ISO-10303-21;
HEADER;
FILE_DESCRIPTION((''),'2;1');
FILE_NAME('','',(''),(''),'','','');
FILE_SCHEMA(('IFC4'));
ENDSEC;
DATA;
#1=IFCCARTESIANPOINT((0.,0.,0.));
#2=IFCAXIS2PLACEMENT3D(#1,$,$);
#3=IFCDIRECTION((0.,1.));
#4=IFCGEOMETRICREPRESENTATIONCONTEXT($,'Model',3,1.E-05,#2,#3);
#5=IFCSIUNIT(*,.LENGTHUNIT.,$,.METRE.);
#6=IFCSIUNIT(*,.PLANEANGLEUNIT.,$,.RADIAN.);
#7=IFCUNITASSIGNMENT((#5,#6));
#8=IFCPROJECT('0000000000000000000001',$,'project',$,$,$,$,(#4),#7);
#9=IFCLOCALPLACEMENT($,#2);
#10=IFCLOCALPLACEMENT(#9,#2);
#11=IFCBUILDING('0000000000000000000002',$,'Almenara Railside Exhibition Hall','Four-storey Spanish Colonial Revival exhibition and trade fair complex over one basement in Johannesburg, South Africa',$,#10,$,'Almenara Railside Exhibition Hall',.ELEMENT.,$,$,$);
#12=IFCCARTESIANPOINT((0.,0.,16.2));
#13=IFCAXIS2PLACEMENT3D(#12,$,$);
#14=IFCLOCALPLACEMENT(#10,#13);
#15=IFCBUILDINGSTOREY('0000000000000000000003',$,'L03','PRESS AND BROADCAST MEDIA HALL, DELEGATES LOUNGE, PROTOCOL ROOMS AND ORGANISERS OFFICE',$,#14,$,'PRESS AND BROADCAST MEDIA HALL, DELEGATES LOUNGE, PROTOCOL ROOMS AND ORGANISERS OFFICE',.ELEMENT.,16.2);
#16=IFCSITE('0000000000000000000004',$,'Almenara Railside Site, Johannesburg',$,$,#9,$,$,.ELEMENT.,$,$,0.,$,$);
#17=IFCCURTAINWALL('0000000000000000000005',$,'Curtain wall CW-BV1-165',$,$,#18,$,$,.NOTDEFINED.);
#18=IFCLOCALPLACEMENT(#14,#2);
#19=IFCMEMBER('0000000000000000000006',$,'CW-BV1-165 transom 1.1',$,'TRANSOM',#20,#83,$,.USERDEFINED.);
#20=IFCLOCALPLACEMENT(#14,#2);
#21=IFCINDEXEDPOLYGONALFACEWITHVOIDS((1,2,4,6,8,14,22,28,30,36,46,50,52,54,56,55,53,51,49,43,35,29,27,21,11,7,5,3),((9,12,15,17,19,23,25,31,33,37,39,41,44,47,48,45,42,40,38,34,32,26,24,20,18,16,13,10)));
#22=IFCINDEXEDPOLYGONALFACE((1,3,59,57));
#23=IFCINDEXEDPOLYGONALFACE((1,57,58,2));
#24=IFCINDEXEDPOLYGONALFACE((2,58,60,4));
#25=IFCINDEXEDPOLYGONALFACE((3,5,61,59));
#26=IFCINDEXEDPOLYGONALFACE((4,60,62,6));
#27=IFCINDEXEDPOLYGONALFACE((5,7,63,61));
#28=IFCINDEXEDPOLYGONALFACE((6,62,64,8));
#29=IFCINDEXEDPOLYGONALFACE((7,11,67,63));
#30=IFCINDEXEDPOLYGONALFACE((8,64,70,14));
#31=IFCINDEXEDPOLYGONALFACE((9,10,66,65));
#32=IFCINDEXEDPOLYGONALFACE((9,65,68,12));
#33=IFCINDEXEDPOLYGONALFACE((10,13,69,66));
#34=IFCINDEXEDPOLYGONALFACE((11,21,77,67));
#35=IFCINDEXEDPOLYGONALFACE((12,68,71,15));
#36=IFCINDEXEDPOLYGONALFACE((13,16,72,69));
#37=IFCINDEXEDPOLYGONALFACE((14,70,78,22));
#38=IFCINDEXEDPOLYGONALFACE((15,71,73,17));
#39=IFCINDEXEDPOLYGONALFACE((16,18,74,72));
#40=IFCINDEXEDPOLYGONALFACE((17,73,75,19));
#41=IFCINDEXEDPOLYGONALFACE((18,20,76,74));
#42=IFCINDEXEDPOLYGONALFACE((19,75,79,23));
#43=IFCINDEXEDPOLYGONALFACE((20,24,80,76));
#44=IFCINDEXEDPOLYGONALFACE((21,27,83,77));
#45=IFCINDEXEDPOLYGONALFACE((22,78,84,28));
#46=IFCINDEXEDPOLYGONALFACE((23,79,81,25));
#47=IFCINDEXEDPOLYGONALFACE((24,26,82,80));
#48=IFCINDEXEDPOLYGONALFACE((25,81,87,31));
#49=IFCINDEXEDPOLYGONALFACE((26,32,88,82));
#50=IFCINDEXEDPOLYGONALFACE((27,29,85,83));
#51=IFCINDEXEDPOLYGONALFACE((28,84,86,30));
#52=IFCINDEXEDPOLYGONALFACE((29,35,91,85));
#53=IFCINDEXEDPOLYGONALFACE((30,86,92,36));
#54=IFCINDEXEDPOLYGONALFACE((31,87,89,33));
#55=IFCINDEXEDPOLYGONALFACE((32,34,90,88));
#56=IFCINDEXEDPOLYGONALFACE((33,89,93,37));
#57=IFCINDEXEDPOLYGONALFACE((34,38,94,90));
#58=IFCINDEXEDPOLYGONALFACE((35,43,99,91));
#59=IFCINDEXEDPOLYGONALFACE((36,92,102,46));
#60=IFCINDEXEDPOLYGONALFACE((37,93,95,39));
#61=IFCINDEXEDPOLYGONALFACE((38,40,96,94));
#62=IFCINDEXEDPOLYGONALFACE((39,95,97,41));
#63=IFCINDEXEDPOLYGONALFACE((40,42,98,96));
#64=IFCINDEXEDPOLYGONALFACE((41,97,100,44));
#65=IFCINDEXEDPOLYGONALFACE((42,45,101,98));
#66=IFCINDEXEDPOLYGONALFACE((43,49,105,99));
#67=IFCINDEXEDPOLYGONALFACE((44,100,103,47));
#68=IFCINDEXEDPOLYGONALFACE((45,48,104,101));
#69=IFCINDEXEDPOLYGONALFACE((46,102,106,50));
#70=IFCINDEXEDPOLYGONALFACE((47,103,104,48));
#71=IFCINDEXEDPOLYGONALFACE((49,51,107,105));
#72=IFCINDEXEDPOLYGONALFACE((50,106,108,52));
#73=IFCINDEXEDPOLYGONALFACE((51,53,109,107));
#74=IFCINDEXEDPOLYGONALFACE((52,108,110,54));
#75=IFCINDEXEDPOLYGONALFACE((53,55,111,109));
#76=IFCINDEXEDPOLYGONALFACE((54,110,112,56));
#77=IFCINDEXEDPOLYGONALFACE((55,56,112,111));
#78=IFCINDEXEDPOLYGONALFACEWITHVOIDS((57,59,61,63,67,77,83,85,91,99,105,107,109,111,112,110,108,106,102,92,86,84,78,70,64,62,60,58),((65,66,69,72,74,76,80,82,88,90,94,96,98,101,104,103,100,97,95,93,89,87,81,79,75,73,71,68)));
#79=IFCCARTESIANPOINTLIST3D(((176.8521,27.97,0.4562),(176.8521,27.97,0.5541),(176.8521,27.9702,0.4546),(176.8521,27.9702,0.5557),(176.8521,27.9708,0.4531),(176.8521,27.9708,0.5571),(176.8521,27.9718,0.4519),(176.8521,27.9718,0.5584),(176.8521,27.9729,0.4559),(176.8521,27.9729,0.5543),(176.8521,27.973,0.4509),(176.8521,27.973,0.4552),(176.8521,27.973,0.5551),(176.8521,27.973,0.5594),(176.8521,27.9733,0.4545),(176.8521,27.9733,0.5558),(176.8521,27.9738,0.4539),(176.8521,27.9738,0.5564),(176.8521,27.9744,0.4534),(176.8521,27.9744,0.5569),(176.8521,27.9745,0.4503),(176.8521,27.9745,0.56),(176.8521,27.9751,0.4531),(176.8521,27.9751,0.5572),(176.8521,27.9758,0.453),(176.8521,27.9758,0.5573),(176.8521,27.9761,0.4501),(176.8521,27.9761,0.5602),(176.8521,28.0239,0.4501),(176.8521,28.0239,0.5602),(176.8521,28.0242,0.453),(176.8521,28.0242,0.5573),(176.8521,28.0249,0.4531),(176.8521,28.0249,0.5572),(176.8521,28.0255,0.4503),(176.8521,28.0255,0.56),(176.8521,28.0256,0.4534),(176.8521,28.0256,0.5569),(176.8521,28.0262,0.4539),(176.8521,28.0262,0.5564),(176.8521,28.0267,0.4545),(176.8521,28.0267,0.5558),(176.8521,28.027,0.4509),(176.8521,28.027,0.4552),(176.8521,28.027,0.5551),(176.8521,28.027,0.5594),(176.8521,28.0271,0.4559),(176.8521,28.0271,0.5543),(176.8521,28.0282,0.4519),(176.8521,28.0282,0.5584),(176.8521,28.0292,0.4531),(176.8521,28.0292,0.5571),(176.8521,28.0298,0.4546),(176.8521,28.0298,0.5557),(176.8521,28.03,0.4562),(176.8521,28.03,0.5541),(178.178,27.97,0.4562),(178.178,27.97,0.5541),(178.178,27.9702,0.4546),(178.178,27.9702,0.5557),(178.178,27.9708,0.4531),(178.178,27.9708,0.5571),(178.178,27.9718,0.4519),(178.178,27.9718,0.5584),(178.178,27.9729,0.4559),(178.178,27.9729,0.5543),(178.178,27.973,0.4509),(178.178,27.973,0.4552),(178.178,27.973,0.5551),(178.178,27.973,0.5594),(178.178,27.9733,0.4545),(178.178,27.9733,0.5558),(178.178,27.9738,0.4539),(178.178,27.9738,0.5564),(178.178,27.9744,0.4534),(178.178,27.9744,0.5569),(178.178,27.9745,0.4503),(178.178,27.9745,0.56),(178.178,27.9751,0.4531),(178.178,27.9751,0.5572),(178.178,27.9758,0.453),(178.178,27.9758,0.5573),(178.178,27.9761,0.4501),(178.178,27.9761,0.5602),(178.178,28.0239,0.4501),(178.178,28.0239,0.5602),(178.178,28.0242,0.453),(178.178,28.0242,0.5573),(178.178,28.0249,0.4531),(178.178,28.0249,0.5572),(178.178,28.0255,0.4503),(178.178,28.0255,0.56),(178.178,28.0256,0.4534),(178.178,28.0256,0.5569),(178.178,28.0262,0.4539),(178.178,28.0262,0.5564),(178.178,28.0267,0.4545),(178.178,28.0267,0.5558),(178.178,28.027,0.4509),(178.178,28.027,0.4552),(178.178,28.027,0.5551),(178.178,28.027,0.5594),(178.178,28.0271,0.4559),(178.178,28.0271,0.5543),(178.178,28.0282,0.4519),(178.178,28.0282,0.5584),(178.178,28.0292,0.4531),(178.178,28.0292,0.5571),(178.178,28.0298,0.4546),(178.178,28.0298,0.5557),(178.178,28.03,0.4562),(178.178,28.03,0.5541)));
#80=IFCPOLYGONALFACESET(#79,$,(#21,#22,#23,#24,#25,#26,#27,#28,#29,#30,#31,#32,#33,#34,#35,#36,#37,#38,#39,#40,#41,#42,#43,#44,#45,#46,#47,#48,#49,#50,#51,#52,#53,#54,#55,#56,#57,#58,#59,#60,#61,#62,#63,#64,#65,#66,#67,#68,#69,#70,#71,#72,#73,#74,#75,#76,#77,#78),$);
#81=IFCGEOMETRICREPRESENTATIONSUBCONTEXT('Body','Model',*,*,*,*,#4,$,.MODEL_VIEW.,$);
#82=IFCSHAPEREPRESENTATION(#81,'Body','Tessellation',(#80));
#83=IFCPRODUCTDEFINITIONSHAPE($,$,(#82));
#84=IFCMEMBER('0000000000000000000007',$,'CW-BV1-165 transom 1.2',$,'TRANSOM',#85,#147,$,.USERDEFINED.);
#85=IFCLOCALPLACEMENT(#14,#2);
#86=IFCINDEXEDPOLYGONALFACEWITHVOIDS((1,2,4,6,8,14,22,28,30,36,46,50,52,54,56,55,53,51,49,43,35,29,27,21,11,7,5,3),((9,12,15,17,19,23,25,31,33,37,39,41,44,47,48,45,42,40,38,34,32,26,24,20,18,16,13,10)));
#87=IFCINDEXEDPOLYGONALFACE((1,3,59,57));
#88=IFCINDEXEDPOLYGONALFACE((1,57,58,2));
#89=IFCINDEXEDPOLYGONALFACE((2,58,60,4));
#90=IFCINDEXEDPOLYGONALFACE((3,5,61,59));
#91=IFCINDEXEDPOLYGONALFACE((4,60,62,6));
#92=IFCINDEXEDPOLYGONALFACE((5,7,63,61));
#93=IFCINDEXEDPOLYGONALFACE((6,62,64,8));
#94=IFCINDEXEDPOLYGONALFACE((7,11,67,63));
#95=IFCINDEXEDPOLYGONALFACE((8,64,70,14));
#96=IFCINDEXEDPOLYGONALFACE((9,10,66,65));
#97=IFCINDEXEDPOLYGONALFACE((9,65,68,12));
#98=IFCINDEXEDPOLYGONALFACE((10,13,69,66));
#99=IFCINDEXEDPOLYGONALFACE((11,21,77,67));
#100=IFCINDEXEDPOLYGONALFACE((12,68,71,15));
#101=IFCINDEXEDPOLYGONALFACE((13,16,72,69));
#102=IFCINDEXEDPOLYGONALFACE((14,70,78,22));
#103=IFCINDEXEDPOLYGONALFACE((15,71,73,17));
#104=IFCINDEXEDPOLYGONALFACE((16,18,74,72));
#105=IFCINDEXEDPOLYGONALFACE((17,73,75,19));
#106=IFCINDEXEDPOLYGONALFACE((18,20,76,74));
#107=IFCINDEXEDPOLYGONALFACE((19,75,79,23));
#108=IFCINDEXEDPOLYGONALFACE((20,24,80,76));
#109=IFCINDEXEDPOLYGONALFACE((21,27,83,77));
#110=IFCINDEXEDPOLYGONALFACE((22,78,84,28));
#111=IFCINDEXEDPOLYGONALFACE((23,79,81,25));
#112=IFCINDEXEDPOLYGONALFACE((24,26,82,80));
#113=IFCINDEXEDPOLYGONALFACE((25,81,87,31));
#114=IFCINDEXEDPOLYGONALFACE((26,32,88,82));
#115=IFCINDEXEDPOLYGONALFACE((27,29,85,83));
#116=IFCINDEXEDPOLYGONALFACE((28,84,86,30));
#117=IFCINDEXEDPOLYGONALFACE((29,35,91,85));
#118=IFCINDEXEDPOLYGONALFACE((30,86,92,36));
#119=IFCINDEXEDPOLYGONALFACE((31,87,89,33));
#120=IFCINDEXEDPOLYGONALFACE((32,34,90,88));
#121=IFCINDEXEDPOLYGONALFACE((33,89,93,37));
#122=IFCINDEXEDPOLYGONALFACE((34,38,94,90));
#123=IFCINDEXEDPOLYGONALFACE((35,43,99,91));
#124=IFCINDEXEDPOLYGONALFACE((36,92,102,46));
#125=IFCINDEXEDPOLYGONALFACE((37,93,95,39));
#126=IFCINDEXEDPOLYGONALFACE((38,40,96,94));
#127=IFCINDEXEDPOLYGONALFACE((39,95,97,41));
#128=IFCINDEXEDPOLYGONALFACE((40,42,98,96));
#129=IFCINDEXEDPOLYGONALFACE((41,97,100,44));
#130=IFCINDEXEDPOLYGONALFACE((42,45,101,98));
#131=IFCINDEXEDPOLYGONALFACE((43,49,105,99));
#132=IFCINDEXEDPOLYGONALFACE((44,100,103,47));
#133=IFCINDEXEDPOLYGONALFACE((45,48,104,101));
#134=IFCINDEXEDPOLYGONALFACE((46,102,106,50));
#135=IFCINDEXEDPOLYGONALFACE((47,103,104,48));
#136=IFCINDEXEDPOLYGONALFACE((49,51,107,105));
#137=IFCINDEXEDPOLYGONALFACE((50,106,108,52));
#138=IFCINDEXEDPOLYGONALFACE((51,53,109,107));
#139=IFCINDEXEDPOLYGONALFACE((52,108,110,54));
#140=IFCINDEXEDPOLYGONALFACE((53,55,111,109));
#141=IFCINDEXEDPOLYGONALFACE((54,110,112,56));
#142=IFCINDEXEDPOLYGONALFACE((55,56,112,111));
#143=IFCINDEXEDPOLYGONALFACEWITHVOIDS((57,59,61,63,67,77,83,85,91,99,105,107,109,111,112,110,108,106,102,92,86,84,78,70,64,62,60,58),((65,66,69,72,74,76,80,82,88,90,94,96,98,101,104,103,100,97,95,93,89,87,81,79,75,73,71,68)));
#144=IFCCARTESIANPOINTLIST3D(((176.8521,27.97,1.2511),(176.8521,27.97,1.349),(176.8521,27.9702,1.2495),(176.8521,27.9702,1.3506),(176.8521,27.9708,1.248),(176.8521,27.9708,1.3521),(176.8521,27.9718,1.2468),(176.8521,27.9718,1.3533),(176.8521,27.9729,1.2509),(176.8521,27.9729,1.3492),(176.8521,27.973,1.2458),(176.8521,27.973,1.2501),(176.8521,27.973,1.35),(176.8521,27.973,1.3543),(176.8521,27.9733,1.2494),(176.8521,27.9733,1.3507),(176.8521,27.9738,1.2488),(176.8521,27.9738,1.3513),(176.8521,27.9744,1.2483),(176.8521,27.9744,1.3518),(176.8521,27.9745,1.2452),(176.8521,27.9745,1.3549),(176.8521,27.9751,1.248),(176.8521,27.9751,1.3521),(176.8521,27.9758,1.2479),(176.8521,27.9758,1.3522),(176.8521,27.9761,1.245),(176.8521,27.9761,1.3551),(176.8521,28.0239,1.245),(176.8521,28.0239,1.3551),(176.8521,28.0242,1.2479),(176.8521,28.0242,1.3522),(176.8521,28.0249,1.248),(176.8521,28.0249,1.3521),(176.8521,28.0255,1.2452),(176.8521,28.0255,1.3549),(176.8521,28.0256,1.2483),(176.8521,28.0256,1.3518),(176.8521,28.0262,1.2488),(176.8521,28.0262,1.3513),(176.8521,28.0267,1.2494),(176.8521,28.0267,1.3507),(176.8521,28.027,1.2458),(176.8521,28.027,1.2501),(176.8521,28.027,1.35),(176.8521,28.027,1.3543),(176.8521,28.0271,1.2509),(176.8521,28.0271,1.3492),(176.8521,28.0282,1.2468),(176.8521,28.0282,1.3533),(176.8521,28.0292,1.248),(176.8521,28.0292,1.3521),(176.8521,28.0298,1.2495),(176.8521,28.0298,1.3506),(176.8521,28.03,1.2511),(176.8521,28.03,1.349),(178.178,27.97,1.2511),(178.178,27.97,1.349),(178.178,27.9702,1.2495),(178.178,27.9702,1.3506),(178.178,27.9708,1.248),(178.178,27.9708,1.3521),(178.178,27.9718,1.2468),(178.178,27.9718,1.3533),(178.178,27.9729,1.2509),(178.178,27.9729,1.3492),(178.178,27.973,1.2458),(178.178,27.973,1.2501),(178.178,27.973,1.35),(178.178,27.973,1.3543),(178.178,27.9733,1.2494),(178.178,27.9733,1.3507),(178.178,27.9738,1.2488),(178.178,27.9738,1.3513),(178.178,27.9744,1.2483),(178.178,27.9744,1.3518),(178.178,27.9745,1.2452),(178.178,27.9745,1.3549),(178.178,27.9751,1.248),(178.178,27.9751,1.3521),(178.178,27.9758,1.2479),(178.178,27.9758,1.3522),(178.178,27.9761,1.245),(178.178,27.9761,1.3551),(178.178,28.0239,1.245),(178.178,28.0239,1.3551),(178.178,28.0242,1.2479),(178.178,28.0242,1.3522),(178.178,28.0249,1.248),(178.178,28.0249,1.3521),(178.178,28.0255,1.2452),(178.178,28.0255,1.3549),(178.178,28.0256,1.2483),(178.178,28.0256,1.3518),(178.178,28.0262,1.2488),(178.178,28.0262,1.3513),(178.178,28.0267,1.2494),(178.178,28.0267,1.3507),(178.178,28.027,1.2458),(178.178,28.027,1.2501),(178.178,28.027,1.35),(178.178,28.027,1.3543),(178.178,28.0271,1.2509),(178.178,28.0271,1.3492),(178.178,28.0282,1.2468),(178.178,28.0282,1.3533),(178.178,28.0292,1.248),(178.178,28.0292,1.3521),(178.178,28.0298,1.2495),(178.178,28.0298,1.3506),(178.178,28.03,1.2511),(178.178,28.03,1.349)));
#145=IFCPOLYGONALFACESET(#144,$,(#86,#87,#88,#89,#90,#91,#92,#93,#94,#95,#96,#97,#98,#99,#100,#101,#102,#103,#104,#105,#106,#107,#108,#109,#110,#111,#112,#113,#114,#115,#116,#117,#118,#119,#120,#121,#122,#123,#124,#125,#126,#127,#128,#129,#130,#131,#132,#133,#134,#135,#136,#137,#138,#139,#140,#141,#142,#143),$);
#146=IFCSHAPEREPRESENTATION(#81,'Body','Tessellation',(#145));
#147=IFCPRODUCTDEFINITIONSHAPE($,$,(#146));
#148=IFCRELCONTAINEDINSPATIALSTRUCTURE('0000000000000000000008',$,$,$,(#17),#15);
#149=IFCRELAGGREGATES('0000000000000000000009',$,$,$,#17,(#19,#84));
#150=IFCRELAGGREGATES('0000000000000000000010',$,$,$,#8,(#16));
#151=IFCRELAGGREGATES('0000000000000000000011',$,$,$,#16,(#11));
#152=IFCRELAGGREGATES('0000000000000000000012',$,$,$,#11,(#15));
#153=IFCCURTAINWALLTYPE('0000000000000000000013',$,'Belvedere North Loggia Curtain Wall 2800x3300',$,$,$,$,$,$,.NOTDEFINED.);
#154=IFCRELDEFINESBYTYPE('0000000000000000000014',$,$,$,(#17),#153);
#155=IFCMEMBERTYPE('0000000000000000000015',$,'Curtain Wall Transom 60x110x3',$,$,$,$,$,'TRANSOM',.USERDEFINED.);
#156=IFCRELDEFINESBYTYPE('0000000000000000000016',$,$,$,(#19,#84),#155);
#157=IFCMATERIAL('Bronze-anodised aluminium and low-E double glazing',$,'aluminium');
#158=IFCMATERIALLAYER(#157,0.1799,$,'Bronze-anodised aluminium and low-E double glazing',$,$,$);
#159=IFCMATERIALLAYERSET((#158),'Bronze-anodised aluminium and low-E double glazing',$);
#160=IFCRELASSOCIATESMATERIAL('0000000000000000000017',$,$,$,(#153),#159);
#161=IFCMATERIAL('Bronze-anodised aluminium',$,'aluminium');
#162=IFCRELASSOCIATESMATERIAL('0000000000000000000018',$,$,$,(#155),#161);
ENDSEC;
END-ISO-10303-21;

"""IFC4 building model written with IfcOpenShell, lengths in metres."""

from ifc_helpers import new_model, si_unit, direction, frame, origin, origin_2d, place, context, subcontext, project, spatial, hollow_rectangle, extrude, material, layer, layer_set, material_profile, profile_set, type_object, element, aggregate, save


model = new_model("IFC4")

# Units and contexts
model_context = context("Model", 3, precision=1e-05, world=origin(), true_north=direction((0.0, 1.0)))
body_context = subcontext(model_context, "Body", "Model", "MODEL_VIEW")
ifc_project = project(units=[si_unit("LENGTHUNIT", "METRE"), si_unit("PLANEANGLEUNIT", "RADIAN")], contexts=[model_context])

# Site, building, storey
site_placement = place(None, origin())
site = spatial("IfcSite", under=ifc_project, at=site_placement, Name="Almenara Railside Site, Johannesburg", CompositionType="ELEMENT", RefElevation=0.0)
building_placement = place(site_placement, origin())
building = spatial("IfcBuilding", under=site, at=building_placement, Name="Almenara Railside Exhibition Hall", Description="Four-storey Spanish Colonial Revival exhibition and trade fair complex over one basement in Johannesburg, South Africa", LongName="Almenara Railside Exhibition Hall", CompositionType="ELEMENT")
storey_placement = place(building_placement, frame((0.0, 0.0, 16.2)))
storey = spatial("IfcBuildingStorey", under=building, at=storey_placement, Name="L03", Description="PRESS AND BROADCAST MEDIA HALL, DELEGATES LOUNGE, PROTOCOL ROOMS AND ORGANISERS OFFICE", LongName="PRESS AND BROADCAST MEDIA HALL, DELEGATES LOUNGE, PROTOCOL ROOMS AND ORGANISERS OFFICE", CompositionType="ELEMENT", Elevation=16.2)

# Shared definitions
ifc_material_1 = material(Name="Bronze-anodised aluminium and low-E double glazing", Category="aluminium")
ifc_layer_1 = layer(ifc_material_1, 0.1799, Name="Bronze-anodised aluminium and low-E double glazing")
ifc_layer_set_1 = layer_set([ifc_layer_1], Name="Bronze-anodised aluminium and low-E double glazing")
curtain_wall_type = type_object("IfcCurtainWallType", Name="Belvedere North Loggia Curtain Wall 2800x3300", PredefinedType="NOTDEFINED", material=ifc_layer_set_1)
ifc_material_2 = material(Name="Bronze-anodised aluminium", Category="aluminium")

# Curtain wall
curtain_wall_1_placement = place(storey_placement, origin())
curtain_wall_1 = element("IfcCurtainWall", 1, at=curtain_wall_1_placement, inside=storey, type_object=curtain_wall_type, Name="Curtain wall CW-BV1-165", PredefinedType="NOTDEFINED")

# Members
ifc_material_profile_1 = material_profile(ifc_material_2, hollow_rectangle(XDim=0.0601, YDim=0.1101, WallThickness=0.0029, InnerFilletRadius=0.0029, OuterFilletRadius=0.0061, at=origin_2d()), Name="ALU-TRN 60x110x3")
ifc_profile_set_1 = profile_set([ifc_material_profile_1], Name="Bronze-anodised aluminium")
member_type_1 = type_object("IfcMemberType", Name="Curtain Wall Transom 60x110x3", ElementType="TRANSOM", PredefinedType="USERDEFINED", material=ifc_profile_set_1)
member_1_placement = place(storey_placement, frame((176.8521, 28.0, 0.5051), z_axis=(1.0, 0.0, 0.0), x_axis=(0.0, 1.0, 0.0)))
member_1 = element("IfcMember", 2, at=member_1_placement, type_object=member_type_1, Name="CW-BV1-165 transom 1.1", ObjectType="TRANSOM", PredefinedType="USERDEFINED", context=body_context, shape_type="SweptSolid", body=[
    extrude(hollow_rectangle(XDim=0.0601, YDim=0.1101, WallThickness=0.0029, InnerFilletRadius=0.0029, OuterFilletRadius=0.0061, at=origin_2d()), origin(), (0.0, 0.0, 1.0), 1.3259),
])
member_2_placement = place(storey_placement, frame((176.8521, 28.0, 1.3), z_axis=(1.0, 0.0, 0.0), x_axis=(0.0, 1.0, 0.0)))
member_2 = element("IfcMember", 3, at=member_2_placement, type_object=member_type_1, Name="CW-BV1-165 transom 1.2", ObjectType="TRANSOM", PredefinedType="USERDEFINED", context=body_context, shape_type="SweptSolid", body=[
    extrude(hollow_rectangle(XDim=0.0601, YDim=0.1101, WallThickness=0.0029, InnerFilletRadius=0.0029, OuterFilletRadius=0.0061, at=origin_2d()), origin(), (0.0, 0.0, 1.0), 1.3259),
])

aggregate(curtain_wall_1, [member_1, member_2])

save(model, "model.ifc")
